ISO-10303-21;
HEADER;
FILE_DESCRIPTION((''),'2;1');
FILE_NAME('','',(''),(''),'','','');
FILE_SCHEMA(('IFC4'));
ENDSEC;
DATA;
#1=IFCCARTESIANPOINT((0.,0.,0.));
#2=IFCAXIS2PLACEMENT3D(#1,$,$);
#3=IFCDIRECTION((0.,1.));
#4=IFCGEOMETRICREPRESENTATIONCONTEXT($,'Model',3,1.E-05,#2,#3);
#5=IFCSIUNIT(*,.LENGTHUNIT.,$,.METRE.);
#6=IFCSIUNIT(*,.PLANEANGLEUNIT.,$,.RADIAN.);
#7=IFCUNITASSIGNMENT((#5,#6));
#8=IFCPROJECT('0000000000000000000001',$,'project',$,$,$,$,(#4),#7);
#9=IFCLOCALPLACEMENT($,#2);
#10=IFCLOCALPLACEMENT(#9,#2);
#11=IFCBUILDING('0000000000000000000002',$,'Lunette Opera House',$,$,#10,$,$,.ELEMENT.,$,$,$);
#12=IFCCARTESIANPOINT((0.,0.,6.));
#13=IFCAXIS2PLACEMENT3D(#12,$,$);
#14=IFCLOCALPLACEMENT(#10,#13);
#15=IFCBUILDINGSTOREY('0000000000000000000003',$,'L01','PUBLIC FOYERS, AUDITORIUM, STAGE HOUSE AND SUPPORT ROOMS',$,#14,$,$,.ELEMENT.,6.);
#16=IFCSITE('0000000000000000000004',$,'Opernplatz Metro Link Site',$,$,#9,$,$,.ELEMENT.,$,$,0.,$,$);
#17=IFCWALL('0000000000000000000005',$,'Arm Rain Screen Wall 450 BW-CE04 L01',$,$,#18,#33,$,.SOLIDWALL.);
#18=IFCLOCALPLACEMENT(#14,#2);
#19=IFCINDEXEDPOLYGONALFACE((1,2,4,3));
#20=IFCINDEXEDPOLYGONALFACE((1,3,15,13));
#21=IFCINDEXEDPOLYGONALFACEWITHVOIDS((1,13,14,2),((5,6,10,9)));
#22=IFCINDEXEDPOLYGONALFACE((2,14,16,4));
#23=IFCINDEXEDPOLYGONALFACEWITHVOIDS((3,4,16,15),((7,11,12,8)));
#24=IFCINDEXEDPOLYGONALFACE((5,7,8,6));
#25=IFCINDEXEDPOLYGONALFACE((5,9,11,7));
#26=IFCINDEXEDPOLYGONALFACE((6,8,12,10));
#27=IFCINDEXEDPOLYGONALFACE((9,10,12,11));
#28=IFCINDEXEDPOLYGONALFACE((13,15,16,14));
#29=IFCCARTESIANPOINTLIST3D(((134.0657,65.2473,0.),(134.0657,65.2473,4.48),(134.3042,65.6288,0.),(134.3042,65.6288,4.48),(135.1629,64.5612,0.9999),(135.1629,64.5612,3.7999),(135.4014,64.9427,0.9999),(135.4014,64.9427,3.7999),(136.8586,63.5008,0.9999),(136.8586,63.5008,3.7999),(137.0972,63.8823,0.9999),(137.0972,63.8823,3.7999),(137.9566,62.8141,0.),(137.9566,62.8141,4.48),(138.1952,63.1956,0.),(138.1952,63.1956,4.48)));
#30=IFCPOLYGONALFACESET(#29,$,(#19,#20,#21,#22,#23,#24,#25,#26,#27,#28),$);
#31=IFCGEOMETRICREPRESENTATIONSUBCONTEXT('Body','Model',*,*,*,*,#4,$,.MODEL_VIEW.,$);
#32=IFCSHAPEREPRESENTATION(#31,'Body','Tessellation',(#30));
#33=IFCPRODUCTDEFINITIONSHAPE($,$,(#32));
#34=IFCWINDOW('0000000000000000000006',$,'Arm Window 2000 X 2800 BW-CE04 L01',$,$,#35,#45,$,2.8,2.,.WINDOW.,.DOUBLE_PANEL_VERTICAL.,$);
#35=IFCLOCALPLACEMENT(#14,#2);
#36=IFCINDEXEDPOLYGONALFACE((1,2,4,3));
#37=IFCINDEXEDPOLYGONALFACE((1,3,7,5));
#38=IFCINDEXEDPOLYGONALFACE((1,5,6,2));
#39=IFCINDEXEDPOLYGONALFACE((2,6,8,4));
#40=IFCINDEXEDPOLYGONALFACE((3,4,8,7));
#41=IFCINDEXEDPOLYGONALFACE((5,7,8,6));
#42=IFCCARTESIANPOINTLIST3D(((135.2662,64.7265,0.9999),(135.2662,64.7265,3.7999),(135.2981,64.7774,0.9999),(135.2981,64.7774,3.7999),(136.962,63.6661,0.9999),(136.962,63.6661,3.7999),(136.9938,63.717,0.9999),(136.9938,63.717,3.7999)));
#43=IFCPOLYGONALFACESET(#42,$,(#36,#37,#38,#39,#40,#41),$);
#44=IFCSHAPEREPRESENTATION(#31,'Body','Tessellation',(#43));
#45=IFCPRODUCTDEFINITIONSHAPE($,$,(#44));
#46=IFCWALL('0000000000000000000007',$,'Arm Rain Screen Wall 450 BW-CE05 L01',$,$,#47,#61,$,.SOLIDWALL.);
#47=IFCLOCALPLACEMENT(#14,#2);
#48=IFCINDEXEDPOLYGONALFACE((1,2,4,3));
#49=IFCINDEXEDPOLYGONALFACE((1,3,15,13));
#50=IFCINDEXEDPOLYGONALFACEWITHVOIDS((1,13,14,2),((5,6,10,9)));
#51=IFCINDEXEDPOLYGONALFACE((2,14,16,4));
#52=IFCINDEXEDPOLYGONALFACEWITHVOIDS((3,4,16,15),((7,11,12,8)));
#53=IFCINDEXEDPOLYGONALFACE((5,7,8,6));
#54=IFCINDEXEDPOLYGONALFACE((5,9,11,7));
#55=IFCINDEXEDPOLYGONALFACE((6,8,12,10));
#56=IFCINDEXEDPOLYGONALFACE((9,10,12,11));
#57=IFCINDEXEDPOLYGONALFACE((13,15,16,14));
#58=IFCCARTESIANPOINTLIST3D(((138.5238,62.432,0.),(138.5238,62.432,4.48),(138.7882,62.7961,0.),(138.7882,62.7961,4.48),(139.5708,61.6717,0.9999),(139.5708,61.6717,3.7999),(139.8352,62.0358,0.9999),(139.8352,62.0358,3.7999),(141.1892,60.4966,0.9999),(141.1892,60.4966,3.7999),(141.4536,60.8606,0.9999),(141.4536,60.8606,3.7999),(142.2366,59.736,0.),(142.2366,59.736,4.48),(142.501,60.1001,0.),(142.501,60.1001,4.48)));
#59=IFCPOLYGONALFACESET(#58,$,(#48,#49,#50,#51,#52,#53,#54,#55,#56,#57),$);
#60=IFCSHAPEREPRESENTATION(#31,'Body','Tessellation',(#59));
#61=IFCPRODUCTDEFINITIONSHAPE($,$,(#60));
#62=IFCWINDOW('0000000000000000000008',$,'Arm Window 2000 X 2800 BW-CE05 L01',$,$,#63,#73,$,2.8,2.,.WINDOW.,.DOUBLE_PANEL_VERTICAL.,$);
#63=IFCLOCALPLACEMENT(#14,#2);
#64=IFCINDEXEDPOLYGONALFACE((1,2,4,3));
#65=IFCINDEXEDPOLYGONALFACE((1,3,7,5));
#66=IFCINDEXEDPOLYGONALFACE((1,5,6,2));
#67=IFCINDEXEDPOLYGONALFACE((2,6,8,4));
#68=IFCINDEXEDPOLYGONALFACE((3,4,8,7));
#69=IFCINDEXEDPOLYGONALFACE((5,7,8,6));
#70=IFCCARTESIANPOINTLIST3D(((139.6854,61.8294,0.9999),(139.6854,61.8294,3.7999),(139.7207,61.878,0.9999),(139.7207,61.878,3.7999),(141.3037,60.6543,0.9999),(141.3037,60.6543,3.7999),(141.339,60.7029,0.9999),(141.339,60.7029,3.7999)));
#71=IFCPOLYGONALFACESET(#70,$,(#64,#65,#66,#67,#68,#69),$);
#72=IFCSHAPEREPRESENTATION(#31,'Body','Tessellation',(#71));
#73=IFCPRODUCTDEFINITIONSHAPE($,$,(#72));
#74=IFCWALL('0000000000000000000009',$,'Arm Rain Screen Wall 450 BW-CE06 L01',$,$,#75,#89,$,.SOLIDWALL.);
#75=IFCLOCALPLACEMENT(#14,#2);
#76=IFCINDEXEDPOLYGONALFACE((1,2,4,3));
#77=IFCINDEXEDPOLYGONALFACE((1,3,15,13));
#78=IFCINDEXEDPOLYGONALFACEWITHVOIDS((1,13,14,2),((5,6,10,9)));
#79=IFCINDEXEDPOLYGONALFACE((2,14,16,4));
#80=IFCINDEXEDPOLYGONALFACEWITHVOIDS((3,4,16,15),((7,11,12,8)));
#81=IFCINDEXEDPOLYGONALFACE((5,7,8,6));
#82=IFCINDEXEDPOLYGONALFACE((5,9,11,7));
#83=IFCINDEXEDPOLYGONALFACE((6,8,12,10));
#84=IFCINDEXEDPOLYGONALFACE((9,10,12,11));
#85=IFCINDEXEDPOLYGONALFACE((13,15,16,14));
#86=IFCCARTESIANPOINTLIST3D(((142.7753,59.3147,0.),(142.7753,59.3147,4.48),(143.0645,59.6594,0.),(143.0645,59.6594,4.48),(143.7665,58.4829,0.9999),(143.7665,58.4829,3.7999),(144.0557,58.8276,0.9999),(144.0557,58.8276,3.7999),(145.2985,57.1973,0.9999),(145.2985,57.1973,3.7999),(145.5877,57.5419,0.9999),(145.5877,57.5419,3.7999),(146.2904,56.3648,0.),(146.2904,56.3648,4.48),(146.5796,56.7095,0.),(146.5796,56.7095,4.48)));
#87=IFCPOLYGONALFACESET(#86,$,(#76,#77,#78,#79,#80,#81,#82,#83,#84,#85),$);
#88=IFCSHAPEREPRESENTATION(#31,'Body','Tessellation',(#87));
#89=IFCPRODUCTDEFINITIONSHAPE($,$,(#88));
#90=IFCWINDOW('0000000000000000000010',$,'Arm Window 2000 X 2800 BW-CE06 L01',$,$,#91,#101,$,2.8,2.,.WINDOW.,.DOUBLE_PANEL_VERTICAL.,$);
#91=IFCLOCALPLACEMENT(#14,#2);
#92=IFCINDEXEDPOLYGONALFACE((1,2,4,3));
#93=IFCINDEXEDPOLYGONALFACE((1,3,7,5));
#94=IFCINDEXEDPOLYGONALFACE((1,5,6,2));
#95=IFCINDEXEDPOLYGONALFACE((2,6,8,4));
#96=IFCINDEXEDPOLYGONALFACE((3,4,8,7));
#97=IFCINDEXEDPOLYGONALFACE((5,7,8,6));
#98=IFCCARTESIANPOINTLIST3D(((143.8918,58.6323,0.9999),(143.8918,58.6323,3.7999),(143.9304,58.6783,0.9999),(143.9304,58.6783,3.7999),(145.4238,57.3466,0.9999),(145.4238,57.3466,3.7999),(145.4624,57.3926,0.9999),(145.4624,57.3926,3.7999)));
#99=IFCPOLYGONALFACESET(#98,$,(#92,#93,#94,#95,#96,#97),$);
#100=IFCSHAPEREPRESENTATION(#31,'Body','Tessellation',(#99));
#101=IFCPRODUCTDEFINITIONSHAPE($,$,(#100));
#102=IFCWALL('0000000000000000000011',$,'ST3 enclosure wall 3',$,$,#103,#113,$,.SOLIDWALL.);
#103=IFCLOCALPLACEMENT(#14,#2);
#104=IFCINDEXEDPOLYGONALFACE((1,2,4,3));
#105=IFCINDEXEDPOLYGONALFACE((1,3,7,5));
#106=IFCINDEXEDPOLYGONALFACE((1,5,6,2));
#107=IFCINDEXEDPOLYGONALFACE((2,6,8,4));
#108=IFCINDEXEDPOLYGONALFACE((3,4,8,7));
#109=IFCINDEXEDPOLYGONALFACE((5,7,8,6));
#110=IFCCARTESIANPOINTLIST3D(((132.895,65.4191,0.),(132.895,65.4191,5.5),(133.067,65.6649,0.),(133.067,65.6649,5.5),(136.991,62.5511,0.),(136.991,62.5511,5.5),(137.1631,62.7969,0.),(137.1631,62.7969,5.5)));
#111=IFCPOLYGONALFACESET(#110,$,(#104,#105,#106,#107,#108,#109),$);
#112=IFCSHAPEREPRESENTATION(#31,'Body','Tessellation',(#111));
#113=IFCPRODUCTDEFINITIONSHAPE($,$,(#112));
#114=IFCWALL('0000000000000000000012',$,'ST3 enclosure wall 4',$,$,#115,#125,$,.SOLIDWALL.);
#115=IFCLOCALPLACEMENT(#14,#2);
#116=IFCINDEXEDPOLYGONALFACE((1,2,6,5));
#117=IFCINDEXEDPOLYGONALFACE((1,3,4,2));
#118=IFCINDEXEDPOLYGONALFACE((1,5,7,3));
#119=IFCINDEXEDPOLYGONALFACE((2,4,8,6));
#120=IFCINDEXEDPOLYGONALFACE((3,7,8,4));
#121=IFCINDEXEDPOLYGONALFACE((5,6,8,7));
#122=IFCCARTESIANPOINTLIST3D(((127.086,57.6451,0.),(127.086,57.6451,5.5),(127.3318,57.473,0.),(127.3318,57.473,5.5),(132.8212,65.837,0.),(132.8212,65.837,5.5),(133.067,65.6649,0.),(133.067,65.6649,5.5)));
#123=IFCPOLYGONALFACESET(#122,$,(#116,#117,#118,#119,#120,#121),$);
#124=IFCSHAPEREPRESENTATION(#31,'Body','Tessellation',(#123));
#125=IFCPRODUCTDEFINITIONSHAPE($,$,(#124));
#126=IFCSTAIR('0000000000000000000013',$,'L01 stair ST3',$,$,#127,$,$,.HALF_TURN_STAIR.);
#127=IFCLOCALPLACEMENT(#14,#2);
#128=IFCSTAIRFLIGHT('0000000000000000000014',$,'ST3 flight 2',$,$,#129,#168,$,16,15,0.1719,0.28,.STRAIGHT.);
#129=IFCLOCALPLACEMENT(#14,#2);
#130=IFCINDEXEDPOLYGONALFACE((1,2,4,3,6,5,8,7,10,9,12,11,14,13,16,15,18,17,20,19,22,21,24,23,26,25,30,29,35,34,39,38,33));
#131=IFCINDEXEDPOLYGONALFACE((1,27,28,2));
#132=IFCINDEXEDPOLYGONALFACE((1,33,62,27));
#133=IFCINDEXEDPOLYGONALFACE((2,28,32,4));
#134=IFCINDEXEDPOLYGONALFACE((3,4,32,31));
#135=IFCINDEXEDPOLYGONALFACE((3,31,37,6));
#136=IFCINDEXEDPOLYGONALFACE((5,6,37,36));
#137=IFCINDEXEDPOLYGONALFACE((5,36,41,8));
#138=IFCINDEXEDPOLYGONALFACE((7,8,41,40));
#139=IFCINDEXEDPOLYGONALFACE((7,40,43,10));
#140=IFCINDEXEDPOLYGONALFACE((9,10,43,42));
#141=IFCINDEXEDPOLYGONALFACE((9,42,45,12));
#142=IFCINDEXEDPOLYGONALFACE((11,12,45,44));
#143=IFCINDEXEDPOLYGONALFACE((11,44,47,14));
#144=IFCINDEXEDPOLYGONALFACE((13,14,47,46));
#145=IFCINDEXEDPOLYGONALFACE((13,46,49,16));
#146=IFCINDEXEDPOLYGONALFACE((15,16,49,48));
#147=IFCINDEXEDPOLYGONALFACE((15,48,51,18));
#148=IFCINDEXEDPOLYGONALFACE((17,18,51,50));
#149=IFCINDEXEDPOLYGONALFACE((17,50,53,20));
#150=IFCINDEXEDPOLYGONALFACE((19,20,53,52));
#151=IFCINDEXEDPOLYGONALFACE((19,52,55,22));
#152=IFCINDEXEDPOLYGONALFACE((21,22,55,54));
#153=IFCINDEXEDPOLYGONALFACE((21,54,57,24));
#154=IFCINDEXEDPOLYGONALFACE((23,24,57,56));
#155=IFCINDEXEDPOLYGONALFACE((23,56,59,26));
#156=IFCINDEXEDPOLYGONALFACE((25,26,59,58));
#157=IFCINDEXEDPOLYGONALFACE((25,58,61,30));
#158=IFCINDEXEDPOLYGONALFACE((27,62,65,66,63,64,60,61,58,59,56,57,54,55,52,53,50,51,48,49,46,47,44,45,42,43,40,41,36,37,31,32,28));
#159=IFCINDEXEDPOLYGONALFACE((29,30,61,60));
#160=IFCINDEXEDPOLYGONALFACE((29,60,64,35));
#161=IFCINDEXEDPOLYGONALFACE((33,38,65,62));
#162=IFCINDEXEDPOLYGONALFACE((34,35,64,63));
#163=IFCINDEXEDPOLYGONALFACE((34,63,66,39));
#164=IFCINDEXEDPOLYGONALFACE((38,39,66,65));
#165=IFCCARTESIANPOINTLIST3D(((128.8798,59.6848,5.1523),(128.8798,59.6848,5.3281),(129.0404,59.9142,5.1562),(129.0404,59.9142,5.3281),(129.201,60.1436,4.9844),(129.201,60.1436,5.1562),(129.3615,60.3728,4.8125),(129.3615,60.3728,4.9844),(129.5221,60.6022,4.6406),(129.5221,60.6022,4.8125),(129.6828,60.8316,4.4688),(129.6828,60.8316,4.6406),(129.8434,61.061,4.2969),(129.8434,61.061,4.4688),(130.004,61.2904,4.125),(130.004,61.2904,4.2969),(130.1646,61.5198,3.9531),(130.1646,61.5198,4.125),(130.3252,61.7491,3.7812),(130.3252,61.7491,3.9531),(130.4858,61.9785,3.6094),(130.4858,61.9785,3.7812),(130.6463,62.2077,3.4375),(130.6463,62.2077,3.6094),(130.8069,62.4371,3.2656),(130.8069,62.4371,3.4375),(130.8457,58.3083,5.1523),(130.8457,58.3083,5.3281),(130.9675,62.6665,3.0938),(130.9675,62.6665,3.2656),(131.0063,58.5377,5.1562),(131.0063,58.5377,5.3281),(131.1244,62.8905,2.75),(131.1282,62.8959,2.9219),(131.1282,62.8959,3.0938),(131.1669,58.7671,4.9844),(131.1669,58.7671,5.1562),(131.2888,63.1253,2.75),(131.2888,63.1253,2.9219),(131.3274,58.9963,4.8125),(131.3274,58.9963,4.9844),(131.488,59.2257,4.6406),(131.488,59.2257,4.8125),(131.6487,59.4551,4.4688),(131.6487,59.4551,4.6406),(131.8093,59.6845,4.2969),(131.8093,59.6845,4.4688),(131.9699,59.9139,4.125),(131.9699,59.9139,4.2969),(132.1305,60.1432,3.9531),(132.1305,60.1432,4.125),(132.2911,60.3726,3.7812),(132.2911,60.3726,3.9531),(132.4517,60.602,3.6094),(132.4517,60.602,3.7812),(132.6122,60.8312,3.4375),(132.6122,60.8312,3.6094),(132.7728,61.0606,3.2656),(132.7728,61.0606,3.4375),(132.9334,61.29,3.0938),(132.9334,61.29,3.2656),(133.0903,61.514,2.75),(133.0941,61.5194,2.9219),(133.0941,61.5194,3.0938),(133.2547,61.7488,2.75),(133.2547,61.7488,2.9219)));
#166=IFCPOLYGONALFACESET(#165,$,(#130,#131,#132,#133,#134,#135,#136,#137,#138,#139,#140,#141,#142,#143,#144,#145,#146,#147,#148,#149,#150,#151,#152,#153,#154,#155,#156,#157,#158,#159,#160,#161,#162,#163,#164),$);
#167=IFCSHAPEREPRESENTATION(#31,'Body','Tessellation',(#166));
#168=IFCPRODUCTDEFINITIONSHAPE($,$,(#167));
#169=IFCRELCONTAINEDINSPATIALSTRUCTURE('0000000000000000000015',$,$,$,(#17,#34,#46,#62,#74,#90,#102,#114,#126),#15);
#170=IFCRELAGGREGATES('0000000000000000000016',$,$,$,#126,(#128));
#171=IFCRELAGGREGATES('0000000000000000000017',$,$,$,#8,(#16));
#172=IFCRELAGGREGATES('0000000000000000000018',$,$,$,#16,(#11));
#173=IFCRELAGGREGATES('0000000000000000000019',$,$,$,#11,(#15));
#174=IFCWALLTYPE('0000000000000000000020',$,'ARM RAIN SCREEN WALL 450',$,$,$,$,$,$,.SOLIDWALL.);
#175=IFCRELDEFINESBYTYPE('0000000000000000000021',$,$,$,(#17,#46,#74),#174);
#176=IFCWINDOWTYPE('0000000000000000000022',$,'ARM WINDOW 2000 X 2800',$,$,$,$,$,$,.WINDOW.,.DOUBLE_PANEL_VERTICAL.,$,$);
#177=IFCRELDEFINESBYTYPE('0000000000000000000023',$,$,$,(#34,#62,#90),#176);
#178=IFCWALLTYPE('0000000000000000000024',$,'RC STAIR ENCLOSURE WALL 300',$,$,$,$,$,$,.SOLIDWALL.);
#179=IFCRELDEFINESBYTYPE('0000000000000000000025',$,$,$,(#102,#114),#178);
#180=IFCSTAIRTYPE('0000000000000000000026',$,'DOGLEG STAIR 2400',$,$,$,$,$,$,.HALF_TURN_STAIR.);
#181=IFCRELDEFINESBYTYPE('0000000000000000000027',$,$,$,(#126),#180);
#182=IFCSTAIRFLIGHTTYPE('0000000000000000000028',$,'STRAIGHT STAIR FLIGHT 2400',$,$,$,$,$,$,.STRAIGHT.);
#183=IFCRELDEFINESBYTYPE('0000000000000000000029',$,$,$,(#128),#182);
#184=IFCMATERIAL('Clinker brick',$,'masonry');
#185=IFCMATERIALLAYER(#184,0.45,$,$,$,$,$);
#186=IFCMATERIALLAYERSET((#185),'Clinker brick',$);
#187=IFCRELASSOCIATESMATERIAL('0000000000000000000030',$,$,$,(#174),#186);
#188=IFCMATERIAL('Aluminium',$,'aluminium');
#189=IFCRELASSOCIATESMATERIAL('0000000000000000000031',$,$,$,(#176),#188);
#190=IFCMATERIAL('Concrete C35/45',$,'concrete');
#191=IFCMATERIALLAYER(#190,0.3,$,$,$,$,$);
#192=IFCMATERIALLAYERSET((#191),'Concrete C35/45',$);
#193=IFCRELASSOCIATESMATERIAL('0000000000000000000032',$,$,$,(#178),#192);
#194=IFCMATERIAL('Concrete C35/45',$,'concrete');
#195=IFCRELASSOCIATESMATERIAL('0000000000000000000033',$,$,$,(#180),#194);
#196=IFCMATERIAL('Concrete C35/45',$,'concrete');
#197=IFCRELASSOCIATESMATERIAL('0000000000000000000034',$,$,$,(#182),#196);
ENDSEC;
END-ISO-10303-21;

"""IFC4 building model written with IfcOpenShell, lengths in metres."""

from ifc_helpers import new_model, si_unit, direction, frame, frame_2d, origin, place, context, subcontext, project, spatial, polyline, rectangle, outline, extrude, material, layer, layer_set, type_object, element, fill, aggregate, save


model = new_model("IFC4")

# Units and contexts
model_context = context("Model", 3, precision=1e-05, world=origin(), true_north=direction((0.0, 1.0)))
body_context = subcontext(model_context, "Body", "Model", "MODEL_VIEW")
ifc_project = project(units=[si_unit("LENGTHUNIT", "METRE"), si_unit("PLANEANGLEUNIT", "RADIAN")], contexts=[model_context])

# Site, building, storey
site_placement = place(None, origin())
site = spatial("IfcSite", under=ifc_project, at=site_placement, Name="Opernplatz Metro Link Site", CompositionType="ELEMENT", RefElevation=0.0)
building_placement = place(site_placement, origin())
building = spatial("IfcBuilding", under=site, at=building_placement, Name="Lunette Opera House", CompositionType="ELEMENT")
storey_placement = place(building_placement, frame((0.0, 0.0, 6.0)))
storey = spatial("IfcBuildingStorey", under=building, at=storey_placement, Name="L01", Description="PUBLIC FOYERS, AUDITORIUM, STAGE HOUSE AND SUPPORT ROOMS", CompositionType="ELEMENT", Elevation=6.0)

# Walls, openings, windows
ifc_material_1 = material(Name="Clinker brick", Category="masonry")
ifc_layer_1 = layer(ifc_material_1, 0.45)
ifc_layer_set_1 = layer_set([ifc_layer_1], Name="Clinker brick")
wall_type_1 = type_object("IfcWallType", Name="ARM RAIN SCREEN WALL 450", PredefinedType="SOLIDWALL", material=ifc_layer_set_1)
ifc_material_2 = material(Name="Aluminium", Category="aluminium")
window_type = type_object("IfcWindowType", Name="ARM WINDOW 2000 X 2800", PartitioningType="DOUBLE_PANEL_VERTICAL", PredefinedType="WINDOW", material=ifc_material_2)
wall_1_placement = place(storey_placement, frame((134.1851, 65.438, 0.0), z_axis=(0.0, 0.0, 1.0), x_axis=(0.84787, -0.530205, 0.0)))
wall_1 = element("IfcWall", 1, at=wall_1_placement, inside=storey, type_object=wall_type_1, Name="Arm Rain Screen Wall 450 BW-CE04 L01", PredefinedType="SOLIDWALL", context=body_context, shape_type="SweptSolid", body=[
    extrude(rectangle(XDim=4.5891, YDim=0.45, at=frame_2d((2.2944, 0.0))), origin(), (0.0, 0.0, 1.0), 4.48),
])
opening_1_placement = place(wall_1_placement, frame((1.2939, 0.0, 1.0)))
opening_1 = element("IfcOpeningElement", 2, at=opening_1_placement, cuts=wall_1, PredefinedType="OPENING", context=body_context, shape_type="SweptSolid", body=[
    extrude(rectangle(XDim=2.0, YDim=2.8, at=frame_2d((1.0, 1.3999))), frame((0.0, 0.2371, 0.0), z_axis=(0.0, -1.0, 0.0), x_axis=(1.0, 0.0, 0.0)), (0.0, 0.0, 1.0), 0.4739),
])
window_1_placement = place(opening_1_placement, origin())
window_1 = element("IfcWindow", 3, at=window_1_placement, inside=storey, type_object=window_type, Name="Arm Window 2000 X 2800 BW-CE04 L01", OverallHeight=2.8, OverallWidth=2.0, PartitioningType="DOUBLE_PANEL_VERTICAL", PredefinedType="WINDOW", context=body_context, shape_type="SweptSolid", body=[
    extrude(rectangle(XDim=2.0, YDim=2.8, at=frame_2d((1.0, 1.3999))), frame((0.0, 0.03, 0.0), z_axis=(0.0, -1.0, 0.0), x_axis=(1.0, 0.0, 0.0)), (0.0, 0.0, 1.0), 0.0601),
])
fill(opening_1, window_1)
wall_2_placement = place(storey_placement, frame((138.656, 62.614, 0.0), z_axis=(0.0, 0.0, 1.0), x_axis=(0.809175, -0.587567, 0.0)))
wall_2 = element("IfcWall", 4, at=wall_2_placement, inside=storey, type_object=wall_type_1, Name="Arm Rain Screen Wall 450 BW-CE05 L01", PredefinedType="SOLIDWALL", context=body_context, shape_type="SweptSolid", body=[
    extrude(rectangle(XDim=4.5884, YDim=0.45, at=frame_2d((2.2942, 0.0))), origin(), (0.0, 0.0, 1.0), 4.48),
])
opening_2_placement = place(wall_2_placement, frame((1.2939, 0.0, 1.0)))
opening_2 = element("IfcOpeningElement", 5, at=opening_2_placement, cuts=wall_2, PredefinedType="OPENING", context=body_context, shape_type="SweptSolid", body=[
    extrude(rectangle(XDim=2.0, YDim=2.8, at=frame_2d((1.0, 1.3999))), frame((0.0, 0.2371, 0.0), z_axis=(0.0, -1.0, 0.0), x_axis=(1.0, 0.0, 0.0)), (0.0, 0.0, 1.0), 0.4739),
])
window_2_placement = place(opening_2_placement, origin())
window_2 = element("IfcWindow", 6, at=window_2_placement, inside=storey, type_object=window_type, Name="Arm Window 2000 X 2800 BW-CE05 L01", OverallHeight=2.8, OverallWidth=2.0, PartitioningType="DOUBLE_PANEL_VERTICAL", PredefinedType="WINDOW", context=body_context, shape_type="SweptSolid", body=[
    extrude(rectangle(XDim=2.0, YDim=2.8, at=frame_2d((1.0, 1.3999))), frame((0.0, 0.03, 0.0), z_axis=(0.0, -1.0, 0.0), x_axis=(1.0, 0.0, 0.0)), (0.0, 0.0, 1.0), 0.0601),
])
fill(opening_2, window_2)
wall_3_placement = place(storey_placement, frame((142.9199, 59.4871, 0.0), z_axis=(0.0, 0.0, 1.0), x_axis=(0.766001, -0.642839, 0.0)))
wall_3 = element("IfcWall", 7, at=wall_3_placement, inside=storey, type_object=wall_type_1, Name="Arm Rain Screen Wall 450 BW-CE06 L01", PredefinedType="SOLIDWALL", context=body_context, shape_type="SweptSolid", body=[
    extrude(rectangle(XDim=4.5889, YDim=0.45, at=frame_2d((2.2944, 0.0))), origin(), (0.0, 0.0, 1.0), 4.48),
])
opening_3_placement = place(wall_3_placement, frame((1.2939, 0.0, 1.0)))
opening_3 = element("IfcOpeningElement", 8, at=opening_3_placement, cuts=wall_3, PredefinedType="OPENING", context=body_context, shape_type="SweptSolid", body=[
    extrude(rectangle(XDim=2.0, YDim=2.8, at=frame_2d((1.0, 1.3999))), frame((0.0, 0.2371, 0.0), z_axis=(0.0, -1.0, 0.0), x_axis=(1.0, 0.0, 0.0)), (0.0, 0.0, 1.0), 0.4739),
])
window_3_placement = place(opening_3_placement, origin())
window_3 = element("IfcWindow", 9, at=window_3_placement, inside=storey, type_object=window_type, Name="Arm Window 2000 X 2800 BW-CE06 L01", OverallHeight=2.8, OverallWidth=2.0, PartitioningType="DOUBLE_PANEL_VERTICAL", PredefinedType="WINDOW", context=body_context, shape_type="SweptSolid", body=[
    extrude(rectangle(XDim=2.0, YDim=2.8, at=frame_2d((1.0, 1.3999))), frame((0.0, 0.03, 0.0), z_axis=(0.0, -1.0, 0.0), x_axis=(1.0, 0.0, 0.0)), (0.0, 0.0, 1.0), 0.0601),
])
fill(opening_3, window_3)

# Walls
ifc_material_3 = material(Name="Concrete C35/45", Category="concrete")
ifc_layer_2 = layer(ifc_material_3, 0.3)
ifc_layer_set_2 = layer_set([ifc_layer_2], Name="Concrete C35/45")
wall_type_2 = type_object("IfcWallType", Name="RC STAIR ENCLOSURE WALL 300", PredefinedType="SOLIDWALL", material=ifc_layer_set_2)
wall_4_placement = place(storey_placement, frame((137.0769, 62.6741, 0.0), z_axis=(0.0, 0.0, 1.0), x_axis=(-0.819161, 0.573564, 0.0)))
element("IfcWall", 10, at=wall_4_placement, inside=storey, type_object=wall_type_2, Name="ST3 enclosure wall 3", PredefinedType="SOLIDWALL", context=body_context, shape_type="SweptSolid", body=[
    extrude(rectangle(XDim=5.0002, YDim=0.3, at=frame_2d((2.5, 0.0))), origin(), (0.0, 0.0, 1.0), 5.5),
])
wall_5_placement = place(storey_placement, frame((132.9441, 65.751, 0.0), z_axis=(0.0, 0.0, 1.0), x_axis=(-0.573515, -0.819195, 0.0)))
element("IfcWall", 11, at=wall_5_placement, inside=storey, type_object=wall_type_2, Name="ST3 enclosure wall 4", PredefinedType="SOLIDWALL", context=body_context, shape_type="SweptSolid", body=[
    extrude(rectangle(XDim=10.0, YDim=0.3, at=frame_2d((5.0, 0.0))), origin(), (0.0, 0.0, 1.0), 5.5),
])

# Stair, stair flight
ifc_material_4 = material(Name="Concrete C35/45", Category="concrete")
stair_type = type_object("IfcStairType", Name="DOGLEG STAIR 2400", PredefinedType="HALF_TURN_STAIR", material=ifc_material_4)
stair_placement = place(storey_placement, origin())
stair = element("IfcStair", 12, at=stair_placement, inside=storey, type_object=stair_type, Name="L01 stair ST3", PredefinedType="HALF_TURN_STAIR")
ifc_material_5 = material(Name="Concrete C35/45", Category="concrete")
stair_flight_type = type_object("IfcStairFlightType", Name="STRAIGHT STAIR FLIGHT 2400", PredefinedType="STRAIGHT", material=ifc_material_5)
stair_flight_placement = place(storey_placement, frame((132.2717, 62.437, 2.75), z_axis=(0.0, 0.0, 1.0), x_axis=(-0.57357, -0.819157, 0.0)))
stair_flight = element("IfcStairFlight", 13, at=stair_flight_placement, type_object=stair_flight_type, Name="ST3 flight 2", NumberOfRisers=16, NumberOfTreads=15, PredefinedType="STRAIGHT", RiserHeight=0.1719, TreadLength=0.28, context=body_context, shape_type="SweptSolid", body=[
    extrude(outline(polyline([(0.0, 0.0), (0.0, 0.1719), (0.28, 0.1719), (0.28, 0.3438), (0.5601, 0.3438), (0.5601, 0.5156), (0.8401, 0.5156), (0.8401, 0.6875), (1.1201, 0.6875), (1.1201, 0.8594), (1.3999, 0.8594), (1.3999, 1.0312), (1.6799, 1.0312), (1.6799, 1.2031), (1.96, 1.2031), (1.96, 1.375), (2.24, 1.375), (2.24, 1.5469), (2.52, 1.5469), (2.52, 1.7188), (2.8, 1.7188), (2.8, 1.8906), (3.0801, 1.8906), (3.0801, 2.0625), (3.3601, 2.0625), (3.3601, 2.2344), (3.6399, 2.2344), (3.6399, 2.4062), (3.9199, 2.4062), (3.9199, 2.5781), (4.2, 2.5781), (4.2, 2.75), (4.2, 2.4023), (0.2866, 0.0), (0.0, 0.0)])), frame((0.0, 1.2, 0.0), z_axis=(0.0, -1.0, 0.0), x_axis=(1.0, 0.0, 0.0)), (0.0, 0.0, 1.0), 2.3999),
])
aggregate(stair, [stair_flight])

save(model, "model.ifc")
